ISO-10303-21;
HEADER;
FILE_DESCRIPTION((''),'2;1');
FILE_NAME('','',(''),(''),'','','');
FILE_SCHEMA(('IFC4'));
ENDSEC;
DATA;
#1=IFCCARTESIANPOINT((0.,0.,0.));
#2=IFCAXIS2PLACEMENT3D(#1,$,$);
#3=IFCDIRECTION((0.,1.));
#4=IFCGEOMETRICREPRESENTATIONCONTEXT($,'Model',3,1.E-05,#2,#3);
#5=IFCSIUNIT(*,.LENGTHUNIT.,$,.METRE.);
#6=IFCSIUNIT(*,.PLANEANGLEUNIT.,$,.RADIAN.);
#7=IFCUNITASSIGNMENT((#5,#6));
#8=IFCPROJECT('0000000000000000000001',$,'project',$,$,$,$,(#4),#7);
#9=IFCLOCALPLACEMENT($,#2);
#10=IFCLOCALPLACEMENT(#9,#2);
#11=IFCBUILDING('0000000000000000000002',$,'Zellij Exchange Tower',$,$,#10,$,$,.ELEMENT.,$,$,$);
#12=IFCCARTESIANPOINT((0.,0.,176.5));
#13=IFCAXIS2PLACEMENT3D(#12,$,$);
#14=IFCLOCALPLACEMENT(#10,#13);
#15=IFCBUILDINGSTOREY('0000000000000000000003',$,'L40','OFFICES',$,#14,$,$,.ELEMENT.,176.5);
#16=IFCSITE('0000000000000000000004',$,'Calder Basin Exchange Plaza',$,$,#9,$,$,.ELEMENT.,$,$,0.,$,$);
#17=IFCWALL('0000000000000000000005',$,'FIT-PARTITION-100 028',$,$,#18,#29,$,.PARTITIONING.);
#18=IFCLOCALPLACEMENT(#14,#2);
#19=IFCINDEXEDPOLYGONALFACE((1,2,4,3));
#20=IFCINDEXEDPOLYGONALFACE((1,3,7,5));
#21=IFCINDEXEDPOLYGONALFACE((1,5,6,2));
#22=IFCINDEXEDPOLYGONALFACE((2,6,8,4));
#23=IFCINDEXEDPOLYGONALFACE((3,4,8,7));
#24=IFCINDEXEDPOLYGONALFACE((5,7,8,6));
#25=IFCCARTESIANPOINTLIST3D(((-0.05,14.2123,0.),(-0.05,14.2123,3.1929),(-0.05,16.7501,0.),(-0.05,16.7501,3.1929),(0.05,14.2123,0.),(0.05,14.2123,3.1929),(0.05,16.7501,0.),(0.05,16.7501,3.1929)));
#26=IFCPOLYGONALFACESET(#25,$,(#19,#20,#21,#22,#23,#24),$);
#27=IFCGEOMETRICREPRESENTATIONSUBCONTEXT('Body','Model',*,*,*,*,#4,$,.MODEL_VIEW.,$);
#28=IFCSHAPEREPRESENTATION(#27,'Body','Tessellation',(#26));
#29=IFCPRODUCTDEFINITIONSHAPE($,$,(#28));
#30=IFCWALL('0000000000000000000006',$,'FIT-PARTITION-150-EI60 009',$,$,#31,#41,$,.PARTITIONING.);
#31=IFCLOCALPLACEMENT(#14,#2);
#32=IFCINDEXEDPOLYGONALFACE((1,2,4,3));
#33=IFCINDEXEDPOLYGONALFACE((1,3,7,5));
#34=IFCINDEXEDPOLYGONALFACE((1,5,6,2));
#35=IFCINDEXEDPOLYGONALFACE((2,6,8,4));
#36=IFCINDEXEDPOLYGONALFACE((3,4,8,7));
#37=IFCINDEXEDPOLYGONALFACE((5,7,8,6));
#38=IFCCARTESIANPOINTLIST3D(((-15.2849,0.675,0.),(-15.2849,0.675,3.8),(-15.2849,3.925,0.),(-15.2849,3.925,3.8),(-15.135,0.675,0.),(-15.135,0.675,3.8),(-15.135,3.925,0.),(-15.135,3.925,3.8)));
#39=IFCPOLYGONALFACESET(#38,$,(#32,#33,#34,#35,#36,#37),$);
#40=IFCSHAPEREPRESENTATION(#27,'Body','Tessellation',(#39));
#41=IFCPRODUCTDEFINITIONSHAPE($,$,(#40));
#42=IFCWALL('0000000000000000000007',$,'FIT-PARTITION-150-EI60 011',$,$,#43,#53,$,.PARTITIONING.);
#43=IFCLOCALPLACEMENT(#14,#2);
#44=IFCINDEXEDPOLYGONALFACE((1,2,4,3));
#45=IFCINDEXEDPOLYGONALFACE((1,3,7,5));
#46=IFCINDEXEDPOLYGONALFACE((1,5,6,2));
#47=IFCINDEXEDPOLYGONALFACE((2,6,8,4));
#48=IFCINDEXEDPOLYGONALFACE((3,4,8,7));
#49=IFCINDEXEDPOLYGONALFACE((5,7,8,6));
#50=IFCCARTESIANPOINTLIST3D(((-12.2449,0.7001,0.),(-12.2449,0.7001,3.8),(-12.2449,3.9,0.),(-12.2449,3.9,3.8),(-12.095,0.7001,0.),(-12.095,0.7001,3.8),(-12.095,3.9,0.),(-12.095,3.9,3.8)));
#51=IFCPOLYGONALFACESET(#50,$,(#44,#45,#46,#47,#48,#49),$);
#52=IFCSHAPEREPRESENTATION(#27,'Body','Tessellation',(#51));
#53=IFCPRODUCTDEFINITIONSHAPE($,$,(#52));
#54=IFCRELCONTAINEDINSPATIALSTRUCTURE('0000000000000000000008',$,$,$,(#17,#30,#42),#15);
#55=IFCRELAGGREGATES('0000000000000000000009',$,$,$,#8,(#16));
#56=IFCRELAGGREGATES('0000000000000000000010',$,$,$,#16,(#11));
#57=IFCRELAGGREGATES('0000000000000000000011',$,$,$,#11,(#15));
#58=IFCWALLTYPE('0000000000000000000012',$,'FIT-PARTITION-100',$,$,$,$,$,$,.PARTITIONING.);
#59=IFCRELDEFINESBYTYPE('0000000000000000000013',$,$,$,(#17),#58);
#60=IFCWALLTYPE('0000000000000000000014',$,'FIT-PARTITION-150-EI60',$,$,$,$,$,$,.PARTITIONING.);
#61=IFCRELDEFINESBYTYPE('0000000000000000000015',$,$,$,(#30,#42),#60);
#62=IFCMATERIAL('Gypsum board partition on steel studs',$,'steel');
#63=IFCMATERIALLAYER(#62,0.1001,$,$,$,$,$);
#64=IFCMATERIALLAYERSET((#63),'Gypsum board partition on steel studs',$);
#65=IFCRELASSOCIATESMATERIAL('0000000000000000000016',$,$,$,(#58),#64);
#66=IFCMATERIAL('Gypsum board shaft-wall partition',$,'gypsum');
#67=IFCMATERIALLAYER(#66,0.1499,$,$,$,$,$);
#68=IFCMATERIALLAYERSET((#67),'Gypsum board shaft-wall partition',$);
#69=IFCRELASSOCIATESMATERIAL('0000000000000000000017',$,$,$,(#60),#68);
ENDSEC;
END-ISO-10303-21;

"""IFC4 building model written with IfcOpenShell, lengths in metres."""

from ifc_helpers import new_model, si_unit, direction, frame, frame_2d, origin, place, context, subcontext, project, spatial, rectangle, extrude, material, layer, layer_set, type_object, element, save


model = new_model("IFC4")

# Units and contexts
model_context = context("Model", 3, precision=1e-05, world=origin(), true_north=direction((0.0, 1.0)))
body_context = subcontext(model_context, "Body", "Model", "MODEL_VIEW")
ifc_project = project(units=[si_unit("LENGTHUNIT", "METRE"), si_unit("PLANEANGLEUNIT", "RADIAN")], contexts=[model_context])

# Site, building, storey
site_placement = place(None, origin())
site = spatial("IfcSite", under=ifc_project, at=site_placement, Name="Calder Basin Exchange Plaza", CompositionType="ELEMENT", RefElevation=0.0)
building_placement = place(site_placement, origin())
building = spatial("IfcBuilding", under=site, at=building_placement, Name="Zellij Exchange Tower", CompositionType="ELEMENT")
storey_placement = place(building_placement, frame((0.0, 0.0, 176.5)))
storey = spatial("IfcBuildingStorey", under=building, at=storey_placement, Name="L40", Description="OFFICES", CompositionType="ELEMENT", Elevation=176.5)

# Walls
ifc_material_1 = material(Name="Gypsum board partition on steel studs", Category="steel")
ifc_layer_1 = layer(ifc_material_1, 0.1001)
ifc_layer_set_1 = layer_set([ifc_layer_1], Name="Gypsum board partition on steel studs")
wall_type_1 = type_object("IfcWallType", Name="FIT-PARTITION-100", PredefinedType="PARTITIONING", material=ifc_layer_set_1)
wall_1_placement = place(storey_placement, frame((0.0, 14.2122, 0.0), z_axis=(0.0, 0.0, 1.0), x_axis=(0.0, 1.0, 0.0)))
element("IfcWall", 1, at=wall_1_placement, inside=storey, type_object=wall_type_1, Name="FIT-PARTITION-100 028", PredefinedType="PARTITIONING", context=body_context, shape_type="SweptSolid", body=[
    extrude(rectangle(XDim=2.5378, YDim=0.1001, at=frame_2d((1.269, 0.0))), origin(), (0.0, 0.0, 1.0), 3.1929),
])
ifc_material_2 = material(Name="Gypsum board shaft-wall partition", Category="gypsum")
ifc_layer_2 = layer(ifc_material_2, 0.1499)
ifc_layer_set_2 = layer_set([ifc_layer_2], Name="Gypsum board shaft-wall partition")
wall_type_2 = type_object("IfcWallType", Name="FIT-PARTITION-150-EI60", PredefinedType="PARTITIONING", material=ifc_layer_set_2)
wall_2_placement = place(storey_placement, frame((-15.21, 0.675, 0.0), z_axis=(0.0, 0.0, 1.0), x_axis=(0.0, 1.0, 0.0)))
element("IfcWall", 2, at=wall_2_placement, inside=storey, type_object=wall_type_2, Name="FIT-PARTITION-150-EI60 009", PredefinedType="PARTITIONING", context=body_context, shape_type="SweptSolid", body=[
    extrude(rectangle(XDim=3.25, YDim=0.1499, at=frame_2d((1.625, 0.0))), origin(), (0.0, 0.0, 1.0), 3.8),
])
wall_3_placement = place(storey_placement, frame((-12.1699, 0.7, 0.0), z_axis=(0.0, 0.0, 1.0), x_axis=(0.0, 1.0, 0.0)))
element("IfcWall", 3, at=wall_3_placement, inside=storey, type_object=wall_type_2, Name="FIT-PARTITION-150-EI60 011", PredefinedType="PARTITIONING", context=body_context, shape_type="SweptSolid", body=[
    extrude(rectangle(XDim=3.2, YDim=0.1499, at=frame_2d((1.6001, 0.0))), origin(), (0.0, 0.0, 1.0), 3.8),
])

save(model, "model.ifc")
